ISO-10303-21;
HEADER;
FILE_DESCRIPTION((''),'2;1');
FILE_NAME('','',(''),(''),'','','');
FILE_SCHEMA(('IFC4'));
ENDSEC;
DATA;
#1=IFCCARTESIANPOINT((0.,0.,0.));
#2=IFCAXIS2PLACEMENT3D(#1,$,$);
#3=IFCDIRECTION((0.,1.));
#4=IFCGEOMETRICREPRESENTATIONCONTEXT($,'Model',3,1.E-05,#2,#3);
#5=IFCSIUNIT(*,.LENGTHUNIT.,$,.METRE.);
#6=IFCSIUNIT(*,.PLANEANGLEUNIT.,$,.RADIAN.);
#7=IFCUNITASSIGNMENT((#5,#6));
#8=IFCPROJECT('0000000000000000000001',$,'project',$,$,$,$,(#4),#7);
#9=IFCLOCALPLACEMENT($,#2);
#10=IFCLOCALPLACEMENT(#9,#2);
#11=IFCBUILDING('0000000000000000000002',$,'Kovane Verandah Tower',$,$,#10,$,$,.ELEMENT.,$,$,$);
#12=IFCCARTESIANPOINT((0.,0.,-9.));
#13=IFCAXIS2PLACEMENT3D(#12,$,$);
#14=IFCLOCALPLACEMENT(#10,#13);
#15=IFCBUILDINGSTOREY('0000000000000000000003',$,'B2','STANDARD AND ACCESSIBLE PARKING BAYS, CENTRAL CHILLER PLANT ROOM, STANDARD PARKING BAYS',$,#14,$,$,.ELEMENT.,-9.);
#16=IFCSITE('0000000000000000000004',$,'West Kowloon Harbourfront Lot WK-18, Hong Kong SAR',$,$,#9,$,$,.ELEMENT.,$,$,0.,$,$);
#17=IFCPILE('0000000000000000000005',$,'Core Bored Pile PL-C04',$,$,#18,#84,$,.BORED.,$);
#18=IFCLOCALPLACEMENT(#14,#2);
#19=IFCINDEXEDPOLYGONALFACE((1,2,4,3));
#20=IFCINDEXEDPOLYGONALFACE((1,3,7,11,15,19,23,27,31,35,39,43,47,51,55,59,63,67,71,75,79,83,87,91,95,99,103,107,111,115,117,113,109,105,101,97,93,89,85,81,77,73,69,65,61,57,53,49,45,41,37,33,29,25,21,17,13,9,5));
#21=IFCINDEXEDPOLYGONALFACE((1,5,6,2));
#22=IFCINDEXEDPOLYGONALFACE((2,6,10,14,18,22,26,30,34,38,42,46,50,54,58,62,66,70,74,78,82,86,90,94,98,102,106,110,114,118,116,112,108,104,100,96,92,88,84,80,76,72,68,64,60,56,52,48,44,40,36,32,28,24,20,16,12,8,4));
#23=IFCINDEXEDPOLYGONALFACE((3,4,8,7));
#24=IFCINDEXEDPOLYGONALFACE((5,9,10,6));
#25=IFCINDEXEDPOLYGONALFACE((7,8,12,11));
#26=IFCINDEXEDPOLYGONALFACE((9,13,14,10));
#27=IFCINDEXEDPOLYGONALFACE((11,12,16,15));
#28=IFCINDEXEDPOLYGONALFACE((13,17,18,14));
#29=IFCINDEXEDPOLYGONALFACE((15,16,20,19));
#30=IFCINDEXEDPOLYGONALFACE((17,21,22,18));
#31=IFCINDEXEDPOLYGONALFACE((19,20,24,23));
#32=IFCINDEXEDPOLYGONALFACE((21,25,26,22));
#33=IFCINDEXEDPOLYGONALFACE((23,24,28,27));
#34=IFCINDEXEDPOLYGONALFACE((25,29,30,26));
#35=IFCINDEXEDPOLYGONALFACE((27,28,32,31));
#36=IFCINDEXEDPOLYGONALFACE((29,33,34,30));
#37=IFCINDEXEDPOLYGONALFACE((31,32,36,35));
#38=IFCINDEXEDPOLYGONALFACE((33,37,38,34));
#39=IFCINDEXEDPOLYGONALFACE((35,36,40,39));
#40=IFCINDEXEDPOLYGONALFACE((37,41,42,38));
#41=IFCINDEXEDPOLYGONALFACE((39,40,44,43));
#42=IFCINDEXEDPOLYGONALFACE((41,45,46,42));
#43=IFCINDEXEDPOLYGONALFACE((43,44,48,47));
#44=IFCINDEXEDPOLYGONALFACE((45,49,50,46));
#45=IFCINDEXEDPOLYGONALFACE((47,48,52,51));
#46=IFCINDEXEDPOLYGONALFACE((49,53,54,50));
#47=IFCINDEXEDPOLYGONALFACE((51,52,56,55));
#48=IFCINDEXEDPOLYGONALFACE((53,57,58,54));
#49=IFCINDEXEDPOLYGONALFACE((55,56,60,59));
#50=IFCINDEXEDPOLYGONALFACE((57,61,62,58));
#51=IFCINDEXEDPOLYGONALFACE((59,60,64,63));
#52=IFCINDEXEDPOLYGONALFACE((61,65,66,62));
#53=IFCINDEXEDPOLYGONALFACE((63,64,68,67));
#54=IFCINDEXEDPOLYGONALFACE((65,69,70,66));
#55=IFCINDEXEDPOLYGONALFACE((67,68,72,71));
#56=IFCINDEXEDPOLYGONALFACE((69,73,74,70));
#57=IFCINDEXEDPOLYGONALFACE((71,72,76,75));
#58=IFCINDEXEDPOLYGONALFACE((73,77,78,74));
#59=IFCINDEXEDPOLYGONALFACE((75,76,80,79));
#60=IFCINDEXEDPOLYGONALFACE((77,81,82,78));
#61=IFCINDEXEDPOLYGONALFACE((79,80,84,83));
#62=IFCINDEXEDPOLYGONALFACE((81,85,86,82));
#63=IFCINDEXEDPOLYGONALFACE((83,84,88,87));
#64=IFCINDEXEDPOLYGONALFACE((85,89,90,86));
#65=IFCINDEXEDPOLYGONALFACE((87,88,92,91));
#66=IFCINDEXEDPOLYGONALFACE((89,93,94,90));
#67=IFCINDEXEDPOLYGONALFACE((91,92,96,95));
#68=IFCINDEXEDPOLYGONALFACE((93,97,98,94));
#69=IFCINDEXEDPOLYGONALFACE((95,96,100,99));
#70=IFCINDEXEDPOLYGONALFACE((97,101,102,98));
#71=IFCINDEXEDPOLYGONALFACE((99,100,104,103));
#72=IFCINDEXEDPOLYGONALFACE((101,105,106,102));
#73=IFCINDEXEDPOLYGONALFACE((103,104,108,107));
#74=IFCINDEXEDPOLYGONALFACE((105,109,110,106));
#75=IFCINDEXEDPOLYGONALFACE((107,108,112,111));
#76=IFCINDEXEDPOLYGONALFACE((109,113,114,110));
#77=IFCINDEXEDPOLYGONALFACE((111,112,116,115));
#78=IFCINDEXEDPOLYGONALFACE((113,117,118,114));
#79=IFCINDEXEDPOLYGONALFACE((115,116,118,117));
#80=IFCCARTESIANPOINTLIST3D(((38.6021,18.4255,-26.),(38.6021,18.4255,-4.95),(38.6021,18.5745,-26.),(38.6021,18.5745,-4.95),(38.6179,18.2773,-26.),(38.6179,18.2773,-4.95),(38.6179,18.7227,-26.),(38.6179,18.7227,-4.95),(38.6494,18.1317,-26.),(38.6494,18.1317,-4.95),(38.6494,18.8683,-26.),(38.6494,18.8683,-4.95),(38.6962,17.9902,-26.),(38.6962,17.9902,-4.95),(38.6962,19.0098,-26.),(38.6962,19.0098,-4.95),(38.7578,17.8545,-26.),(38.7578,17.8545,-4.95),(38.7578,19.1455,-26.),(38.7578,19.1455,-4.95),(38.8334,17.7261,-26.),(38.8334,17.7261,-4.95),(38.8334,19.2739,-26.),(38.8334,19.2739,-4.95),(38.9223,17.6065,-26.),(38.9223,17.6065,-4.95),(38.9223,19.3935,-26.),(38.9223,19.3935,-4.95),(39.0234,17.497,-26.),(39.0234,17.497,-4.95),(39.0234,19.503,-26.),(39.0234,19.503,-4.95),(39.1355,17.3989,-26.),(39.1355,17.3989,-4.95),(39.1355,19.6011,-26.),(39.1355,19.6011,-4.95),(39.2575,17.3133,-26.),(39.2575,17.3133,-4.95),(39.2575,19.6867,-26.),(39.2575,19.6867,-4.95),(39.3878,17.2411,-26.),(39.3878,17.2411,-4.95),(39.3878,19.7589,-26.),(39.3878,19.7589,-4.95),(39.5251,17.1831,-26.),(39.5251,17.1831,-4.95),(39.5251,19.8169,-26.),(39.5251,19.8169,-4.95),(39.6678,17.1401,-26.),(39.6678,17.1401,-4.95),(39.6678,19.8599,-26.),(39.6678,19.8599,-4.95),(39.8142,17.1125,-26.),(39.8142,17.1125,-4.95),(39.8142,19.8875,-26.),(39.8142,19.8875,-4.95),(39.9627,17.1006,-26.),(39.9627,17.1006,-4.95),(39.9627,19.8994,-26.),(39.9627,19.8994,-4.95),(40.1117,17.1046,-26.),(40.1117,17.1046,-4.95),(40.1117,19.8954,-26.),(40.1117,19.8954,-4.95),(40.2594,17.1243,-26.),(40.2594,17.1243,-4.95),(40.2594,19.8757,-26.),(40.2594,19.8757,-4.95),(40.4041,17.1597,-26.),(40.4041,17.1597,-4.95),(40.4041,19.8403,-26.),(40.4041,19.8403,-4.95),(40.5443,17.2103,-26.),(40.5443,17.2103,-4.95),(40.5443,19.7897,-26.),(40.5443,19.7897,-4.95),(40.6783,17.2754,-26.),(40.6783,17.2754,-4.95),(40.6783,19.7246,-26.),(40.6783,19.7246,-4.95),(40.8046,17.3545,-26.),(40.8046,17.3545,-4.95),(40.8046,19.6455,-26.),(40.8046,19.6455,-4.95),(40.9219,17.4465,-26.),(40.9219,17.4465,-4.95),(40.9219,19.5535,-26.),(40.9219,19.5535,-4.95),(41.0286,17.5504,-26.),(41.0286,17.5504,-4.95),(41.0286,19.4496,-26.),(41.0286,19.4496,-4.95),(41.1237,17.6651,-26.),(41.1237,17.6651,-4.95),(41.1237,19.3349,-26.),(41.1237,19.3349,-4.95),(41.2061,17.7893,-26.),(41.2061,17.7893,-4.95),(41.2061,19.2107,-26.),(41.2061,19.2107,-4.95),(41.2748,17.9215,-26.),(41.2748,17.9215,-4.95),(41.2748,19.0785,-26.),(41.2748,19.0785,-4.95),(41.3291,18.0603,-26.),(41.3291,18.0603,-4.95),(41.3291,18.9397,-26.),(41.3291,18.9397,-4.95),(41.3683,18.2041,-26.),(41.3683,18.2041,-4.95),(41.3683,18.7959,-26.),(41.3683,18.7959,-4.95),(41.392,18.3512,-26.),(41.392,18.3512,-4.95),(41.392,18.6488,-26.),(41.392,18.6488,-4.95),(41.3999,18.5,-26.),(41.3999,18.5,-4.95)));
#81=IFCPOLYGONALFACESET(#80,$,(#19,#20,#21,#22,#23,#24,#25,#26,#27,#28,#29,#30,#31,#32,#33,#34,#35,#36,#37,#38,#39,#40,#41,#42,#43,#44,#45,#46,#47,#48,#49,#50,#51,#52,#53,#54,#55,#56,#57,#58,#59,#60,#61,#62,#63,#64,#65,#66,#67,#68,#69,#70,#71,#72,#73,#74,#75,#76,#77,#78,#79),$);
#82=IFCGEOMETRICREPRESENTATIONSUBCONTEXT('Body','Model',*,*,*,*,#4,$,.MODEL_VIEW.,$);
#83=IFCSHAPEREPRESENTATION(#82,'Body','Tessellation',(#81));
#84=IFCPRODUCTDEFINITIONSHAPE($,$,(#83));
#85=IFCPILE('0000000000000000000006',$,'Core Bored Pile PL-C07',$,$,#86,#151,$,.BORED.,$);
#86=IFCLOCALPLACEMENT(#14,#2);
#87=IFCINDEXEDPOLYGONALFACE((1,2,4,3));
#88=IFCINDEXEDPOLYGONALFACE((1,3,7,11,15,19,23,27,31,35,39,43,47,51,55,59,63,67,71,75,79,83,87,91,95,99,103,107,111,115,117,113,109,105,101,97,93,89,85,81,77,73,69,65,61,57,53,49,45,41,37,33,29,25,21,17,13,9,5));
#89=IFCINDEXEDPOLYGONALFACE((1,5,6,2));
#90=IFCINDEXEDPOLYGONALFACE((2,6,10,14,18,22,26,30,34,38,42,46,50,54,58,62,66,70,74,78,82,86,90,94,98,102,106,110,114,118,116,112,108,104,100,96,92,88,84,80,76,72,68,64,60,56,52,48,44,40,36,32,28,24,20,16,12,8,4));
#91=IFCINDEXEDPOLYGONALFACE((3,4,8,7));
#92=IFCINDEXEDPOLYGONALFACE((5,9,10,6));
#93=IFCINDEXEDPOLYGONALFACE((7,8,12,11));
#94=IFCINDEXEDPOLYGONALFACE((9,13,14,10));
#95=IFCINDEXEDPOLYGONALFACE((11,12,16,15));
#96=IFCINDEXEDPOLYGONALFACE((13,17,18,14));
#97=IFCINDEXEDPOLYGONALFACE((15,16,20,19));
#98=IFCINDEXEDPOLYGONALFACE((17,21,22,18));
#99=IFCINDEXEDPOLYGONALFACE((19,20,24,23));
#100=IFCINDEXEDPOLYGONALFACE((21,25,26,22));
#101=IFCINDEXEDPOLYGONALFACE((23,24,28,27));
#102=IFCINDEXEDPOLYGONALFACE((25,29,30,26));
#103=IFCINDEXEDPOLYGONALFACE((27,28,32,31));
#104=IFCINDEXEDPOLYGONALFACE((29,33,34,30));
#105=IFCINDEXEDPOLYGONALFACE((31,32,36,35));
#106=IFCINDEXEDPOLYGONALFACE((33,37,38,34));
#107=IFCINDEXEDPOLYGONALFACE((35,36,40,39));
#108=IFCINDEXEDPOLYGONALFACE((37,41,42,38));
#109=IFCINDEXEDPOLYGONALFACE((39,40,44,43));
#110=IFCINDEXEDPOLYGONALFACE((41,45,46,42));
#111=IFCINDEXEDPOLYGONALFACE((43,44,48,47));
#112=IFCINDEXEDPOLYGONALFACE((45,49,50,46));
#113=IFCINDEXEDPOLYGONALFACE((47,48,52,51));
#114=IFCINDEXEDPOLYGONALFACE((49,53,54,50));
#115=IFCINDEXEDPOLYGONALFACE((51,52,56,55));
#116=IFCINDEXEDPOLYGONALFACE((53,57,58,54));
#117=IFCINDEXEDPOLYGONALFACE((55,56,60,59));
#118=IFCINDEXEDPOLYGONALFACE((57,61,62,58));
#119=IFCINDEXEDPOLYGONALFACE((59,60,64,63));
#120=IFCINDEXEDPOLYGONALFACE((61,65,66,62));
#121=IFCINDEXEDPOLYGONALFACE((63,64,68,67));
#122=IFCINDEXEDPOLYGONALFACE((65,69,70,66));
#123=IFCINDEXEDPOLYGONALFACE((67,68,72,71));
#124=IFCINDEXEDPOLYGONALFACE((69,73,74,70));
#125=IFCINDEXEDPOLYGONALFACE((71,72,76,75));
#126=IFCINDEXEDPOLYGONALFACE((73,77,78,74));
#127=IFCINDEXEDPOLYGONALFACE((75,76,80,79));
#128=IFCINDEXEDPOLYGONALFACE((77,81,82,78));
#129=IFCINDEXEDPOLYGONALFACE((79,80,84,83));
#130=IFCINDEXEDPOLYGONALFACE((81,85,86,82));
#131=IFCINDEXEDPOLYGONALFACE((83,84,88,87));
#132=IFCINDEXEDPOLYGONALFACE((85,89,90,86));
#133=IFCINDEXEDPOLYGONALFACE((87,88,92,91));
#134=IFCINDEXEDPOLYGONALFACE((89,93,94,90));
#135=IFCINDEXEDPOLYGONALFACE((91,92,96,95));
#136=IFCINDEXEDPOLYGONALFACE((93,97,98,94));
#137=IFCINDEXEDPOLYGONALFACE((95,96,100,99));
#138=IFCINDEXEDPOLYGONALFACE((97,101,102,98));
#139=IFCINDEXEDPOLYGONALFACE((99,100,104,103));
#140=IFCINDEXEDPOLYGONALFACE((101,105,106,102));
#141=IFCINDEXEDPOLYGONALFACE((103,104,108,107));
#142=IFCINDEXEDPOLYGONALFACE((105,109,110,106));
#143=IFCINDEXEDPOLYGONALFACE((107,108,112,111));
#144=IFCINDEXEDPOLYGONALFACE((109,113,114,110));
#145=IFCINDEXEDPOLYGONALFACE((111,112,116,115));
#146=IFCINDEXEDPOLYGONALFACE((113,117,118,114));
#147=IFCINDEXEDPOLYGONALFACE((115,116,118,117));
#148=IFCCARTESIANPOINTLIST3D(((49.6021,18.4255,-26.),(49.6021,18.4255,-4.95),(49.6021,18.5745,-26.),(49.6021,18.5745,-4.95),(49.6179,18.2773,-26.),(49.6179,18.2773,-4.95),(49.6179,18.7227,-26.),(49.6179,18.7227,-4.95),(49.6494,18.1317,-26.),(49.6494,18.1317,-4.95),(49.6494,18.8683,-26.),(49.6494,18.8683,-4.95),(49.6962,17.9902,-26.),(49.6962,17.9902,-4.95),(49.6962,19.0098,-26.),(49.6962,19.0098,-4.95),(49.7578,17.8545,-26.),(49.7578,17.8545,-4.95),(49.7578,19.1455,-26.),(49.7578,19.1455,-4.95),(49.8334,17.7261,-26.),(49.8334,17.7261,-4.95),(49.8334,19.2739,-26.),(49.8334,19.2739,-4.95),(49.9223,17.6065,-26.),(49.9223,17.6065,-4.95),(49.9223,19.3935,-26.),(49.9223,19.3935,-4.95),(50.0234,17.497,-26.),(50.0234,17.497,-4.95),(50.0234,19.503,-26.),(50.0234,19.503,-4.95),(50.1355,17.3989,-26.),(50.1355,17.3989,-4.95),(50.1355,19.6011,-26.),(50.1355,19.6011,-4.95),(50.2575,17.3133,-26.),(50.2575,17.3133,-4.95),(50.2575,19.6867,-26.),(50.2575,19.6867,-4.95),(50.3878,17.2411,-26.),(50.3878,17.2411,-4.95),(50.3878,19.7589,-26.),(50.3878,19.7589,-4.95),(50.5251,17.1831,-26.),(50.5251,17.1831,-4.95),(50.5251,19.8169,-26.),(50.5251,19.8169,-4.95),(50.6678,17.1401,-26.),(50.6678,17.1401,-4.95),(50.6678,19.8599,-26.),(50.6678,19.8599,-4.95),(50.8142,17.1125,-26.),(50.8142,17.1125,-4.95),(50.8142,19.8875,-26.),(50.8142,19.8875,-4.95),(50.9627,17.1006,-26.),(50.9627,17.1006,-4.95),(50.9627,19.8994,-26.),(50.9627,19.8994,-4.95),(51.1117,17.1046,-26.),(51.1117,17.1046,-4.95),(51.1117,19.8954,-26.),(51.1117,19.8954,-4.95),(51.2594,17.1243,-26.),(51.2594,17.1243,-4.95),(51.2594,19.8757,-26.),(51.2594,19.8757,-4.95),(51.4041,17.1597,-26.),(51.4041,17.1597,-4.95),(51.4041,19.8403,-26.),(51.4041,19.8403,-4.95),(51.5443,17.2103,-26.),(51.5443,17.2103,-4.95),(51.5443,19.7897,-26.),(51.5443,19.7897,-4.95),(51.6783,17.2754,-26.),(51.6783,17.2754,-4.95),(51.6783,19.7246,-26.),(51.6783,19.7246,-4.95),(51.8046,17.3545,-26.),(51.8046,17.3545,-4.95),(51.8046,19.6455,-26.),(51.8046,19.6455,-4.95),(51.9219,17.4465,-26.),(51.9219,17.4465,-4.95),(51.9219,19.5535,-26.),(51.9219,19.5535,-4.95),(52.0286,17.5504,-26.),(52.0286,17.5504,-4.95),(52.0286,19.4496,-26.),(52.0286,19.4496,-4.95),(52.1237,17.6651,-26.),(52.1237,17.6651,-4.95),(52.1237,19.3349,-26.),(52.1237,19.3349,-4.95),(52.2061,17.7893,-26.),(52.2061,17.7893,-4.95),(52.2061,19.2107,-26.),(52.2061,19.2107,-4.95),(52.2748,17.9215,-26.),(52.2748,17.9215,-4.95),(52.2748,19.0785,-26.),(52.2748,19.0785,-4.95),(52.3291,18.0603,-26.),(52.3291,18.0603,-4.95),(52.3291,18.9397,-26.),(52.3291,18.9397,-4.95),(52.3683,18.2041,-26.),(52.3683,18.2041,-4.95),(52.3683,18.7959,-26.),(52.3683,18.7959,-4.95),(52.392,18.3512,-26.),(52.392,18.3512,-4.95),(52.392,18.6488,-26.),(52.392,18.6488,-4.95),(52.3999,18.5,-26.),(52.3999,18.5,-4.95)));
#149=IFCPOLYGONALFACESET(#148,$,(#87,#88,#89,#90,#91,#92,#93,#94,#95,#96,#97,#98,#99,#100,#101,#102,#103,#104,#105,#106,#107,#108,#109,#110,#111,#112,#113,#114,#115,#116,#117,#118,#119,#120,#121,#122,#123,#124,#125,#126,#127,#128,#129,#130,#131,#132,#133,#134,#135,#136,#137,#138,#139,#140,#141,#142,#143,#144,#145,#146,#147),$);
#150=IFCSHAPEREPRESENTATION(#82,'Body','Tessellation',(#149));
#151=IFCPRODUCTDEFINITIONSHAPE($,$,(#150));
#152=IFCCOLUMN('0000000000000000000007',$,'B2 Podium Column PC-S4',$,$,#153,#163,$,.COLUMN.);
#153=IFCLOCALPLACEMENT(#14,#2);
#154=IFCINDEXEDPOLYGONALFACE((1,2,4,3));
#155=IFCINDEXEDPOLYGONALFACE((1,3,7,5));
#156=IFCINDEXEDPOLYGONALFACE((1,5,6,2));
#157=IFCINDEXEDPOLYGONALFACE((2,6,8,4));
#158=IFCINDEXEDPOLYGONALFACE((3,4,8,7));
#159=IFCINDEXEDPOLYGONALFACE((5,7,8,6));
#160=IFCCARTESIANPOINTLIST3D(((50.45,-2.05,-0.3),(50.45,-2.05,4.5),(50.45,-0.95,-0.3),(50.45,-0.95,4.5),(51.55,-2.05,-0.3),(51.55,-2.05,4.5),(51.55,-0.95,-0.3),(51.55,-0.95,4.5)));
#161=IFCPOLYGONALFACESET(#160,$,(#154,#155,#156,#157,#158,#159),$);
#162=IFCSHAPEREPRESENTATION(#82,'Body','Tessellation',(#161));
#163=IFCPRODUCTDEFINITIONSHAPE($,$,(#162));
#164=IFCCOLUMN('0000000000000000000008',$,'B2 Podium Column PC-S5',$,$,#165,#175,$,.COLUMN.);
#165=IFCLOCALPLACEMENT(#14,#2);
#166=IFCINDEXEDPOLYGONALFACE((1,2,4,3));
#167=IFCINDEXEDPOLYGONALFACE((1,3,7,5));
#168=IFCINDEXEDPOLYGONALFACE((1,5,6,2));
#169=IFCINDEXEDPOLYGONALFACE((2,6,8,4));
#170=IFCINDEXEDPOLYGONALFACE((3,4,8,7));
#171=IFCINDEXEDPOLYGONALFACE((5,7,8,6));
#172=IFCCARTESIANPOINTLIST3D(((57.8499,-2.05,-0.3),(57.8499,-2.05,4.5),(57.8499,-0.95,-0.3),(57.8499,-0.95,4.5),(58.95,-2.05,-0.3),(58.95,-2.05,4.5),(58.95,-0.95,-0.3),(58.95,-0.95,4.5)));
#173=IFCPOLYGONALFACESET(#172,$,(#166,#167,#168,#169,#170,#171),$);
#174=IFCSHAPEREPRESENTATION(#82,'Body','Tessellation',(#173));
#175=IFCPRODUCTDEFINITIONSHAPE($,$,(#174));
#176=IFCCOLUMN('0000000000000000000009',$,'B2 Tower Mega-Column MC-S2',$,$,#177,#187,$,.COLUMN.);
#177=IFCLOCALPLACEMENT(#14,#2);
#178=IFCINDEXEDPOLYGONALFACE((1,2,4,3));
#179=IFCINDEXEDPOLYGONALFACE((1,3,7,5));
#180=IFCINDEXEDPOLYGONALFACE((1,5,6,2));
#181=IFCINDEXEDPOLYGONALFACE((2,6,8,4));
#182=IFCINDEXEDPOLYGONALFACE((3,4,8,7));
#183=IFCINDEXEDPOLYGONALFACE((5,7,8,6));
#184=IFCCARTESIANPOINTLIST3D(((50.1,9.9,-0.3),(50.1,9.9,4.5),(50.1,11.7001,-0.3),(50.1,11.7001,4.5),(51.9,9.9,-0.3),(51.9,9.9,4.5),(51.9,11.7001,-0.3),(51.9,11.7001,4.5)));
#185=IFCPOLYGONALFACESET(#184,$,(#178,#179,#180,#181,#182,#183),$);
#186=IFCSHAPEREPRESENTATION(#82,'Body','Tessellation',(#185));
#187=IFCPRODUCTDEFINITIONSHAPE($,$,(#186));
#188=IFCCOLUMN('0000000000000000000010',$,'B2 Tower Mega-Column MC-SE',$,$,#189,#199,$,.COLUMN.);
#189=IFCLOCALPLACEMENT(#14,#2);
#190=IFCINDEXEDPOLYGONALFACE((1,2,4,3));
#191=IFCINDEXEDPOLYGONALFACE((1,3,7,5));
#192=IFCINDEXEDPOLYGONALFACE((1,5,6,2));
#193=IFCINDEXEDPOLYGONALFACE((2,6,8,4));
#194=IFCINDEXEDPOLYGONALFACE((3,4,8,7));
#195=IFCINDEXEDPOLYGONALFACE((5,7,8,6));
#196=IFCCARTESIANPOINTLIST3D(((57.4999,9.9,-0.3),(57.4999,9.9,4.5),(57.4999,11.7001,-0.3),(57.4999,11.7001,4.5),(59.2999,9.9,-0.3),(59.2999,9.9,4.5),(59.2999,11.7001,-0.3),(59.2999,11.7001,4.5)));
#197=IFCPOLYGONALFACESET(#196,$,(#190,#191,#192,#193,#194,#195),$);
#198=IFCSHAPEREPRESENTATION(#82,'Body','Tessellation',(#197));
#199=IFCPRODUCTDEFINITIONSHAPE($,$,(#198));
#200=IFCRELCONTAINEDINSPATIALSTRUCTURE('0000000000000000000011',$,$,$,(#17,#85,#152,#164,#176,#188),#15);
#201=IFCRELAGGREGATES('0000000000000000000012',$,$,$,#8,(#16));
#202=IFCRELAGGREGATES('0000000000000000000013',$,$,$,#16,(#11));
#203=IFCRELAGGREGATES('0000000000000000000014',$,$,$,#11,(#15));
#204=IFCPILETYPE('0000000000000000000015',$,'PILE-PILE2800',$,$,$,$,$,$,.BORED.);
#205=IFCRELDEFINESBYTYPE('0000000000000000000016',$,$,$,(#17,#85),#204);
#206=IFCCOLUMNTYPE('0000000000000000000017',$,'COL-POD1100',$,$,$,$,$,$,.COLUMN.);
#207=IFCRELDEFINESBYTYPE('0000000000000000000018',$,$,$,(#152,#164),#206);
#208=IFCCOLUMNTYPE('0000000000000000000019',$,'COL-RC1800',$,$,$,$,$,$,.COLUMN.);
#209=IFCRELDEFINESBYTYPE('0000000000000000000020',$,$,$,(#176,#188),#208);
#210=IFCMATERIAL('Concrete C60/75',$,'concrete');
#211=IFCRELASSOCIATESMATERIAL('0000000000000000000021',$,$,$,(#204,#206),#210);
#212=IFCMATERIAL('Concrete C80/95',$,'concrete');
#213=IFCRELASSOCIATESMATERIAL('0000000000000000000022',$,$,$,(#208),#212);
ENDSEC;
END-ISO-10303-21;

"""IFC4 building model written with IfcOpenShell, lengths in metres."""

from ifc_helpers import new_model, si_unit, direction, frame, origin, origin_2d, place, context, subcontext, project, spatial, rectangle, circle, extrude, material, material_profile, profile_set, type_object, element, save


model = new_model("IFC4")

# Units and contexts
model_context = context("Model", 3, precision=1e-05, world=origin(), true_north=direction((0.0, 1.0)))
body_context = subcontext(model_context, "Body", "Model", "MODEL_VIEW")
ifc_project = project(units=[si_unit("LENGTHUNIT", "METRE"), si_unit("PLANEANGLEUNIT", "RADIAN")], contexts=[model_context])

# Site, building, storey
site_placement = place(None, origin())
site = spatial("IfcSite", under=ifc_project, at=site_placement, Name="West Kowloon Harbourfront Lot WK-18, Hong Kong SAR", CompositionType="ELEMENT", RefElevation=0.0)
building_placement = place(site_placement, origin())
building = spatial("IfcBuilding", under=site, at=building_placement, Name="Kovane Verandah Tower", CompositionType="ELEMENT")
storey_placement = place(building_placement, frame((0.0, 0.0, -9.0)))
storey = spatial("IfcBuildingStorey", under=building, at=storey_placement, Name="B2", Description="STANDARD AND ACCESSIBLE PARKING BAYS, CENTRAL CHILLER PLANT ROOM, STANDARD PARKING BAYS", CompositionType="ELEMENT", Elevation=-9.0)

# Shared definitions
ifc_material_1 = material(Name="Concrete C60/75", Category="concrete")

# Piles
ifc_material_profile_1 = material_profile(ifc_material_1, circle(Radius=1.3999, at=origin_2d()), Name="PILE2800")
ifc_profile_set_1 = profile_set([ifc_material_profile_1], Name="Concrete C60/75")
pile_type_1 = type_object("IfcPileType", Name="PILE-PILE2800", PredefinedType="BORED", material=ifc_profile_set_1)
for number, where, z_axis, x_axis, name in (
    (1, (40.0, 18.5, -4.95), (0.0, 0.0, -1.0), (1.0, 0.0, 0.0), "Core Bored Pile PL-C04"),
    (2, (51.0, 18.5, -4.95), (0.0, 0.0, -1.0), (1.0, 0.0, 0.0), "Core Bored Pile PL-C07"),
):
    element("IfcPile", number, at=place(storey_placement, frame(where, z_axis=z_axis, x_axis=x_axis)), inside=storey, type_object=pile_type_1, Name=name, PredefinedType="BORED", context=body_context, shape_type="SweptSolid", body=[
        extrude(circle(Radius=1.3999, at=origin_2d()), origin(), (0.0, 0.0, 1.0), 21.05),
    ])

# Columns
ifc_material_profile_2 = material_profile(ifc_material_1, rectangle(XDim=1.1001, YDim=1.1001, at=origin_2d()), Name="RC1100x1100")
ifc_profile_set_2 = profile_set([ifc_material_profile_2], Name="Concrete C60/75")
column_type_1 = type_object("IfcColumnType", Name="COL-POD1100", PredefinedType="COLUMN", material=ifc_profile_set_2)
for number, where, z_axis, x_axis, name in (
    (3, (51.0, -1.5, -0.3), (0.0, 0.0, 1.0), (1.0, 0.0, 0.0), "B2 Podium Column PC-S4"),
    (4, (58.3999, -1.5, -0.3), (0.0, 0.0, 1.0), (1.0, 0.0, 0.0), "B2 Podium Column PC-S5"),
):
    element("IfcColumn", number, at=place(storey_placement, frame(where, z_axis=z_axis, x_axis=x_axis)), inside=storey, type_object=column_type_1, Name=name, PredefinedType="COLUMN", context=body_context, shape_type="SweptSolid", body=[
        extrude(rectangle(XDim=1.1001, YDim=1.1001, at=origin_2d()), origin(), (0.0, 0.0, 1.0), 4.8),
    ])
ifc_material_2 = material(Name="Concrete C80/95", Category="concrete")
ifc_material_profile_3 = material_profile(ifc_material_2, rectangle(XDim=1.8, YDim=1.8, at=origin_2d()), Name="RC1800x1800")
ifc_profile_set_3 = profile_set([ifc_material_profile_3], Name="Concrete C80/95")
column_type_2 = type_object("IfcColumnType", Name="COL-RC1800", PredefinedType="COLUMN", material=ifc_profile_set_3)
for number, where, z_axis, x_axis, name in (
    (5, (51.0, 10.8, -0.3), (0.0, 0.0, 1.0), (1.0, 0.0, 0.0), "B2 Tower Mega-Column MC-S2"),
    (6, (58.3999, 10.8, -0.3), (0.0, 0.0, 1.0), (1.0, 0.0, 0.0), "B2 Tower Mega-Column MC-SE"),
):
    element("IfcColumn", number, at=place(storey_placement, frame(where, z_axis=z_axis, x_axis=x_axis)), inside=storey, type_object=column_type_2, Name=name, PredefinedType="COLUMN", context=body_context, shape_type="SweptSolid", body=[
        extrude(rectangle(XDim=1.8, YDim=1.8, at=origin_2d()), origin(), (0.0, 0.0, 1.0), 4.8),
    ])

save(model, "model.ifc")
